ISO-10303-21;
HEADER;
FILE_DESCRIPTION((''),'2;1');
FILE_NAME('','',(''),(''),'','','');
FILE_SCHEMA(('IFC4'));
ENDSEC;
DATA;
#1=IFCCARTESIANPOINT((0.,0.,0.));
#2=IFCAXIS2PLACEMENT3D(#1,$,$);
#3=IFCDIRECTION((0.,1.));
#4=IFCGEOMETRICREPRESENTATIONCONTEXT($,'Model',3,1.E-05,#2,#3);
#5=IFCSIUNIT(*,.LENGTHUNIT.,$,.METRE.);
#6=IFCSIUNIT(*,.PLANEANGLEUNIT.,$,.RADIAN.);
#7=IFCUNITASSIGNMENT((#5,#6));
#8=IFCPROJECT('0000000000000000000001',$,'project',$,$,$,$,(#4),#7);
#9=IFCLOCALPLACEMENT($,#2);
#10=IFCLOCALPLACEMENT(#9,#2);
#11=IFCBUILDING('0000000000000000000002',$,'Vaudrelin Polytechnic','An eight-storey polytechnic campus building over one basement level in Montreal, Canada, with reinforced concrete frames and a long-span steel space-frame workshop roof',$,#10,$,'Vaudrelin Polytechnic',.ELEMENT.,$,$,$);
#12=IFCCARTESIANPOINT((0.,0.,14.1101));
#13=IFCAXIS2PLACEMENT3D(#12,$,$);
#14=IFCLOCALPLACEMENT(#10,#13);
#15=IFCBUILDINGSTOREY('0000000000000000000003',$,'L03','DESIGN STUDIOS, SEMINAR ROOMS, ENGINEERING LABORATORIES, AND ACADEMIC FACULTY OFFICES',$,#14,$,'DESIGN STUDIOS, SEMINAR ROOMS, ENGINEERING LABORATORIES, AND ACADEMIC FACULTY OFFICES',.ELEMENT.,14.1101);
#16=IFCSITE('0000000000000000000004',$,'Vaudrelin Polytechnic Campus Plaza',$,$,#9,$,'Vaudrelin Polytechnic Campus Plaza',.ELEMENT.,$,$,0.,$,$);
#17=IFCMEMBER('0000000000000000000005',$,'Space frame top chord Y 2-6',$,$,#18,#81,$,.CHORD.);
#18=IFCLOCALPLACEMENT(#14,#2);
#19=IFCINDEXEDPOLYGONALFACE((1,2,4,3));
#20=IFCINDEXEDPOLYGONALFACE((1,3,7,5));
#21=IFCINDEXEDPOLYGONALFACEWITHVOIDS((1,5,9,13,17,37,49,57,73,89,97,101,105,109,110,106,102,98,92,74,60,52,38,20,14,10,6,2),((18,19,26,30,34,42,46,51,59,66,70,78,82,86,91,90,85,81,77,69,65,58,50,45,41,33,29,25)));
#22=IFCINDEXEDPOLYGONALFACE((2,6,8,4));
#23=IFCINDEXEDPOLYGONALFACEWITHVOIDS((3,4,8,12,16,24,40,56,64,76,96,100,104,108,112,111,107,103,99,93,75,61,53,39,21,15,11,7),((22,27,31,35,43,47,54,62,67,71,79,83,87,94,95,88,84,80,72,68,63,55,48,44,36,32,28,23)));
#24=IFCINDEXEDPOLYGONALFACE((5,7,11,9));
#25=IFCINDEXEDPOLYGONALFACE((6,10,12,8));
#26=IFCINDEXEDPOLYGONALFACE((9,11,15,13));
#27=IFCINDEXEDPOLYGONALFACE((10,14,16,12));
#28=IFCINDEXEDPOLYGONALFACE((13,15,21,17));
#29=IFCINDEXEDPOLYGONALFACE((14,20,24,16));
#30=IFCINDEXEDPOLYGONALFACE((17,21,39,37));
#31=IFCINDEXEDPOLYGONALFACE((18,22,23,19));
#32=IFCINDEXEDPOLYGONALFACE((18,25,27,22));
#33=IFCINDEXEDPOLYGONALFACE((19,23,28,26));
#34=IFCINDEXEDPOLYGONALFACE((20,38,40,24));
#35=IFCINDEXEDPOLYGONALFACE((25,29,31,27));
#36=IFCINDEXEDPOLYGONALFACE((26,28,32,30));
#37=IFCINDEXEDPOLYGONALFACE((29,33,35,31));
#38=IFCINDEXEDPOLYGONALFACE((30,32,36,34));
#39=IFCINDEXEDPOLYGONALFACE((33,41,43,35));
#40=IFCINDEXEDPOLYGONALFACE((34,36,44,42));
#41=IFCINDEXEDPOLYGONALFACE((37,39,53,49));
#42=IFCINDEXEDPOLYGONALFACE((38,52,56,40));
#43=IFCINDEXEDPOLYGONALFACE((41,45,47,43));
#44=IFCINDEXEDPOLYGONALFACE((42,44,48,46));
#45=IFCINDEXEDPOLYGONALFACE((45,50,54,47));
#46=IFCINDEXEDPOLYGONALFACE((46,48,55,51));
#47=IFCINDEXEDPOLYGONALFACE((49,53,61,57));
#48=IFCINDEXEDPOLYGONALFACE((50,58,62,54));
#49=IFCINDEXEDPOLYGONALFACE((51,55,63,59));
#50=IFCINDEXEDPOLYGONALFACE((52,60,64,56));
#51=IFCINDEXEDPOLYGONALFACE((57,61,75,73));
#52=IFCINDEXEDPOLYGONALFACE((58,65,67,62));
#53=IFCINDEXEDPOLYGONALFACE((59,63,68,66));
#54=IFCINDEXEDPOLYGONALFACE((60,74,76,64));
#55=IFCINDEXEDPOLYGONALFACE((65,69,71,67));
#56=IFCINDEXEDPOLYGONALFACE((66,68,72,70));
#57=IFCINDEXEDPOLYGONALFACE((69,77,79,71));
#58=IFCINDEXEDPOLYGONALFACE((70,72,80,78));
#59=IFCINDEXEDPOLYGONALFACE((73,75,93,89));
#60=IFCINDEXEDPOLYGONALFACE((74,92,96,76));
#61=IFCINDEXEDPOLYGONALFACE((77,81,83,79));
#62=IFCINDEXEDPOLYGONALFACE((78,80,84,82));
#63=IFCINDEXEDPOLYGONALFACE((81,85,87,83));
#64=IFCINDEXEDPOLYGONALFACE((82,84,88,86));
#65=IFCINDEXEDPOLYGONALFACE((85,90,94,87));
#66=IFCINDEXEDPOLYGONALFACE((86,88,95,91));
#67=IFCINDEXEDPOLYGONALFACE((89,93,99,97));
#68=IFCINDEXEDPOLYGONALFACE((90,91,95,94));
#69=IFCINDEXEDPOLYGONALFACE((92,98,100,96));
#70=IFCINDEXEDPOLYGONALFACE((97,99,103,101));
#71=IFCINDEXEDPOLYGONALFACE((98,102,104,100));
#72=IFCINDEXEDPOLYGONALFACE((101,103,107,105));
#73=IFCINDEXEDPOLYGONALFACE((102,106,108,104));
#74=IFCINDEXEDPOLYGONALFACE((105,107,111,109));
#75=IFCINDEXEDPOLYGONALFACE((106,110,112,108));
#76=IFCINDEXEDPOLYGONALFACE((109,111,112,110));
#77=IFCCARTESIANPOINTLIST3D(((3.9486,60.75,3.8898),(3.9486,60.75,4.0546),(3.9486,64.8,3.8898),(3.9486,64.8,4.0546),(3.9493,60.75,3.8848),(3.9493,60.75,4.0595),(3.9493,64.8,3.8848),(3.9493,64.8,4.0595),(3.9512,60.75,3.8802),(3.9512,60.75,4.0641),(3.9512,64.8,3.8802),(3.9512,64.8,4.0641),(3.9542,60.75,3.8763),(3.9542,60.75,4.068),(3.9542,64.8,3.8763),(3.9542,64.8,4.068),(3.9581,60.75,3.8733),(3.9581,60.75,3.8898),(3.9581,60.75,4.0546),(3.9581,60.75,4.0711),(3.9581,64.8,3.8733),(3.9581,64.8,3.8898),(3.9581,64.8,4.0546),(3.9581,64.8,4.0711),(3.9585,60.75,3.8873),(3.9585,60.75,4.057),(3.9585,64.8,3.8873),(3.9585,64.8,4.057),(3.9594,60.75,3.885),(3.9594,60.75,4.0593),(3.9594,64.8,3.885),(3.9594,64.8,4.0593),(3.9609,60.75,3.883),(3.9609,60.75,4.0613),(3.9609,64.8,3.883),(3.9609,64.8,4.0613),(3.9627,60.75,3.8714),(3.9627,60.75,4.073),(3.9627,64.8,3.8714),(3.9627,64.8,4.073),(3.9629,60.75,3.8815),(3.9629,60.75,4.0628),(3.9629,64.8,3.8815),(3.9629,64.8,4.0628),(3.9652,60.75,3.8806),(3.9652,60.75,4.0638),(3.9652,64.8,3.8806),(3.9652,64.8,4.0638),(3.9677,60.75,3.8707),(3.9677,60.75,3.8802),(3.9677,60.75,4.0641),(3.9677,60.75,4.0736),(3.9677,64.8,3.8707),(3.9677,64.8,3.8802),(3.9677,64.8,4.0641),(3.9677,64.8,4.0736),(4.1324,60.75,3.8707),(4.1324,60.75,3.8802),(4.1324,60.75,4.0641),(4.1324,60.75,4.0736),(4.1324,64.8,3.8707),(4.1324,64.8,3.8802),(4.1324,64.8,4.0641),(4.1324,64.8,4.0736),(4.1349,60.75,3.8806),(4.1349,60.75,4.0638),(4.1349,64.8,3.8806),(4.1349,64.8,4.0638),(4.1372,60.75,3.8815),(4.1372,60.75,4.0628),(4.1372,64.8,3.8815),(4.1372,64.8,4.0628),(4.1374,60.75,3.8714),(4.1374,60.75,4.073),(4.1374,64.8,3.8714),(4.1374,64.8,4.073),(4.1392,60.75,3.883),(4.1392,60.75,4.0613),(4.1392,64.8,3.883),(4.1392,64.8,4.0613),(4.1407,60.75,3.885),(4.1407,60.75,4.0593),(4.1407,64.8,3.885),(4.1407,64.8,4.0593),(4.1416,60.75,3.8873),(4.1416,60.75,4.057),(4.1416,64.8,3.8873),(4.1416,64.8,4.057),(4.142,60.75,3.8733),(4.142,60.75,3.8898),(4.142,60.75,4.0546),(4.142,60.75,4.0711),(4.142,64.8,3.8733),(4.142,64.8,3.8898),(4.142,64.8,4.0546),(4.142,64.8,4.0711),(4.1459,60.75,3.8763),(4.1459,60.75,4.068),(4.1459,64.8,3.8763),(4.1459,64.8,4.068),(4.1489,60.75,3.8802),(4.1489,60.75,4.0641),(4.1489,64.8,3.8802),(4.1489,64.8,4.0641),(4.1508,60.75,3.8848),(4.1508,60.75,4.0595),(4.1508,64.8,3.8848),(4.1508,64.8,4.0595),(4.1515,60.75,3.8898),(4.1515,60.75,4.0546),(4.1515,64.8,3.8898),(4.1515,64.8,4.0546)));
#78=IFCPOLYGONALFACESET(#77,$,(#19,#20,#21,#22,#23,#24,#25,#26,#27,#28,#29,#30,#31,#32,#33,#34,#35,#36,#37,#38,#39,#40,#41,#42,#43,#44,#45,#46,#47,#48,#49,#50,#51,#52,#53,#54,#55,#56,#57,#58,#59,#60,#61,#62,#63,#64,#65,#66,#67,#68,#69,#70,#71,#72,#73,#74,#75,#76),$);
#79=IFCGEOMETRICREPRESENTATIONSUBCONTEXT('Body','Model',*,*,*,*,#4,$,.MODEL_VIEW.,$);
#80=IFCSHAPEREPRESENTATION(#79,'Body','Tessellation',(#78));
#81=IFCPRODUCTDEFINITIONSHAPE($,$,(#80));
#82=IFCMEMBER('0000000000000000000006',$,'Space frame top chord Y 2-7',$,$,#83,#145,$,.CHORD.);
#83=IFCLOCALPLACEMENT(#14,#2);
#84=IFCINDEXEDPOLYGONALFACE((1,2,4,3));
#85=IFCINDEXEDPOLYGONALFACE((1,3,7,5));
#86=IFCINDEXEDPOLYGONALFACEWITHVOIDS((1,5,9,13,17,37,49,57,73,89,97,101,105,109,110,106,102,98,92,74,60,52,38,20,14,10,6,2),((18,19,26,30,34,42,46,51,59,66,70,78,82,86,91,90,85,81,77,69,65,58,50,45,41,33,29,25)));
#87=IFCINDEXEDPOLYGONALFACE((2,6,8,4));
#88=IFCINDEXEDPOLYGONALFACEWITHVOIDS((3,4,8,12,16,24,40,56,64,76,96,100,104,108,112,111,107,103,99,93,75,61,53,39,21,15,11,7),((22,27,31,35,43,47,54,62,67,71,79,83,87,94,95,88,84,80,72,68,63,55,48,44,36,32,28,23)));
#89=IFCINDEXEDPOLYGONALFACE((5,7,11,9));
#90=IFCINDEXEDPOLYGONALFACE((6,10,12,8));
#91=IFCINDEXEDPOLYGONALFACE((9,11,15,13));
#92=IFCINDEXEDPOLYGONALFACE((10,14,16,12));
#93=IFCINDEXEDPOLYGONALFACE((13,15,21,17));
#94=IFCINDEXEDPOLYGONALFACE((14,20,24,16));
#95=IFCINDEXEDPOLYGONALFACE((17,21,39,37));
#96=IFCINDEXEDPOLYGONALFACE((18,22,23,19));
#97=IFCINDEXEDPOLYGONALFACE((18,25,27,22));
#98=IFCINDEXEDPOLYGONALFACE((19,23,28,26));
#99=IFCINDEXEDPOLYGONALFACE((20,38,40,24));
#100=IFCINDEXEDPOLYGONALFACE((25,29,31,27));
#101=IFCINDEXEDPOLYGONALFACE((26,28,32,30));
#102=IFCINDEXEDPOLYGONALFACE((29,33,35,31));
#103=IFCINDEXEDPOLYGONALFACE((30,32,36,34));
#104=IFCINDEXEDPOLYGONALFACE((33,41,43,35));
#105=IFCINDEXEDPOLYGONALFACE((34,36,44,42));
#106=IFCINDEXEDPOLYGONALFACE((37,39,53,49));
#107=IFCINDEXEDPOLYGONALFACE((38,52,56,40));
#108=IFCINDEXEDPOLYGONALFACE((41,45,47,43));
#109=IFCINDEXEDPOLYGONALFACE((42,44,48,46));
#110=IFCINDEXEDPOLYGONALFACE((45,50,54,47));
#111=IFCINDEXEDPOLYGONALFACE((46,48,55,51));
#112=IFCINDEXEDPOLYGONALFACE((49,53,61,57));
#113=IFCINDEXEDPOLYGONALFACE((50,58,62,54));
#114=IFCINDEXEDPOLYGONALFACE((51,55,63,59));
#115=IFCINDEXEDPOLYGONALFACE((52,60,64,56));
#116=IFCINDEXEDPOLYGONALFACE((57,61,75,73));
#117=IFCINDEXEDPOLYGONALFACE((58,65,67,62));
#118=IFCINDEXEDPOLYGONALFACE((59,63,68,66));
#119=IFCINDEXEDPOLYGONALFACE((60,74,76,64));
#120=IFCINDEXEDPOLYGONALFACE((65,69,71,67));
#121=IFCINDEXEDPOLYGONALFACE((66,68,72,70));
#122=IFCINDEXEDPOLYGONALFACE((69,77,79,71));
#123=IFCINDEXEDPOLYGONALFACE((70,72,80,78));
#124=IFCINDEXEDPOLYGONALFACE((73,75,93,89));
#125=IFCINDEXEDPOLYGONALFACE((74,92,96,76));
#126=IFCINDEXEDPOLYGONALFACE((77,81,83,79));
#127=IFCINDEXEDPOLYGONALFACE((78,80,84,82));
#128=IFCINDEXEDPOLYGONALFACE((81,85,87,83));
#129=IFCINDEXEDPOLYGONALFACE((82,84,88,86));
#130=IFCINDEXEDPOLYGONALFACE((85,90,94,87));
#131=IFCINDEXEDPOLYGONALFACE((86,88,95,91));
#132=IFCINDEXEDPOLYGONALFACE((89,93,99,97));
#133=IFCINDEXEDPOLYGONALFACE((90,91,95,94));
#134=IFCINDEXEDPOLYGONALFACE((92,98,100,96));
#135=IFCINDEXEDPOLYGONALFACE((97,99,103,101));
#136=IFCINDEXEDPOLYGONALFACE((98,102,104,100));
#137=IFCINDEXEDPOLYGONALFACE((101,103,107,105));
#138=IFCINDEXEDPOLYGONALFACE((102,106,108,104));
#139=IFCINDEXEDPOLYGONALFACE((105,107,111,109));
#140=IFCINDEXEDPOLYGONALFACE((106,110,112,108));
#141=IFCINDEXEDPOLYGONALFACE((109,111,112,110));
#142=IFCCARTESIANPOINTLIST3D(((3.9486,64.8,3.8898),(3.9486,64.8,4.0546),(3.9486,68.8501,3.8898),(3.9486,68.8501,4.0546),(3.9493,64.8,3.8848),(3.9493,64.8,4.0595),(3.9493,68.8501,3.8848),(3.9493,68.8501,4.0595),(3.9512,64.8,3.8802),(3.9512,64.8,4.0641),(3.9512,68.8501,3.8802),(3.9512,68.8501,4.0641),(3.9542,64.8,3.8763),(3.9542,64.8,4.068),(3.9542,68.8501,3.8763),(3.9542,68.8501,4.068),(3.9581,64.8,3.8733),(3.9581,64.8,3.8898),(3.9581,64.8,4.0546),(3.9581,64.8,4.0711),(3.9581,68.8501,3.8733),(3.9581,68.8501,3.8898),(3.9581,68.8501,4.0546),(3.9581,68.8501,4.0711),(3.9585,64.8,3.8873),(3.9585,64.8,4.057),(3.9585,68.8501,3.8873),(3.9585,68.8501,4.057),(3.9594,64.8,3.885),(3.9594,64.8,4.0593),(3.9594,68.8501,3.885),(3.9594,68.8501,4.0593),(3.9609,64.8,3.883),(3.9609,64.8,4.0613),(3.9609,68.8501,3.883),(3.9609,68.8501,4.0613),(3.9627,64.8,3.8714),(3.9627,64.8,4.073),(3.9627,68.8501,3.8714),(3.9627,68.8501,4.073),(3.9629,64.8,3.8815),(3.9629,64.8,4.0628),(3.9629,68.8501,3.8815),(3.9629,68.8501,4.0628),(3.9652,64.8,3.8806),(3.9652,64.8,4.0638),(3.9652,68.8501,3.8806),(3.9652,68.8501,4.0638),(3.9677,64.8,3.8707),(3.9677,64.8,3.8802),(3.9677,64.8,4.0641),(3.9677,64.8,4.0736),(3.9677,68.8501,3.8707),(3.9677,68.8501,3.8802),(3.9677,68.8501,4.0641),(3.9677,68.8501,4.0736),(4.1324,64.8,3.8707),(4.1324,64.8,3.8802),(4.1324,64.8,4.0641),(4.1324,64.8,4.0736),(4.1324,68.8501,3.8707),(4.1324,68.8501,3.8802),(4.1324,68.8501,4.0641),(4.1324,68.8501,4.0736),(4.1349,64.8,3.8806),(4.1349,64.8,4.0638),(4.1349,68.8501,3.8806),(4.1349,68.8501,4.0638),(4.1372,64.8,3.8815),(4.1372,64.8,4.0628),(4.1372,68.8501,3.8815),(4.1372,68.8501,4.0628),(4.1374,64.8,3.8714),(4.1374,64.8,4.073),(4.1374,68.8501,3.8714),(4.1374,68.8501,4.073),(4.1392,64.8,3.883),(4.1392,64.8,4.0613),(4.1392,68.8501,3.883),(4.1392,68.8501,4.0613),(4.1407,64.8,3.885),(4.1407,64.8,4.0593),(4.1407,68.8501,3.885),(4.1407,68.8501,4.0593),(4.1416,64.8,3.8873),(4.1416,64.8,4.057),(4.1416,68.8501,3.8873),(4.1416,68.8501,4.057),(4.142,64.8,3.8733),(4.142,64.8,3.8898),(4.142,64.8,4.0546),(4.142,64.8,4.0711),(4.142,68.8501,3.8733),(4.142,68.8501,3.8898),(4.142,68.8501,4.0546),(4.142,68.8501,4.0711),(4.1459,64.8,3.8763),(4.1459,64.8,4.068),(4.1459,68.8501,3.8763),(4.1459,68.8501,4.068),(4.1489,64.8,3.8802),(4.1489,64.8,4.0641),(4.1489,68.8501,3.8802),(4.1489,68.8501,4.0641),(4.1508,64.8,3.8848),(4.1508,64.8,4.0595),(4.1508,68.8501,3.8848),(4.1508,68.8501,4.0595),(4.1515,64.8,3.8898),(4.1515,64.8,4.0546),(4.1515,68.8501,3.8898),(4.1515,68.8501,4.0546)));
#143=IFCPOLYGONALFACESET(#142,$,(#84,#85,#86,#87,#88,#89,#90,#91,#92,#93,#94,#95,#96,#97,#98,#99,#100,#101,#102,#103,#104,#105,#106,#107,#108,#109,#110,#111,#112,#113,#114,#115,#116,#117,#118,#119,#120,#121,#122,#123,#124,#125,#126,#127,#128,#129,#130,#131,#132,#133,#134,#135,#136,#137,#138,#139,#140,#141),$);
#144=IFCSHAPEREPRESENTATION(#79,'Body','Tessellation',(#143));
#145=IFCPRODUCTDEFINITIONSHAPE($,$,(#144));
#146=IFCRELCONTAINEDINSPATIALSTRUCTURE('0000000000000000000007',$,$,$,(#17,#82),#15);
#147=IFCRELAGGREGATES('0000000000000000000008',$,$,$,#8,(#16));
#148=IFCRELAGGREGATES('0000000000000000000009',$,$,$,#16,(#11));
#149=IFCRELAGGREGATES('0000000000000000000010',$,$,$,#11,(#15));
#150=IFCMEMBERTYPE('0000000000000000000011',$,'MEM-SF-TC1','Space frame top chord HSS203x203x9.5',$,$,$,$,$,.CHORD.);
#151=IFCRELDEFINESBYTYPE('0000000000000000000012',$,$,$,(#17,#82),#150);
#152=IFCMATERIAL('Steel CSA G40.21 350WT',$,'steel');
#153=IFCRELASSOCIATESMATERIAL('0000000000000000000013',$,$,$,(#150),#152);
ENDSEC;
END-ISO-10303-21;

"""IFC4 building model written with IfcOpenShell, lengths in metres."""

from ifc_helpers import new_model, si_unit, direction, frame, origin, origin_2d, place, context, subcontext, project, spatial, hollow_rectangle, extrude, material, material_profile, profile_set, type_object, element, save


model = new_model("IFC4")

# Units and contexts
model_context = context("Model", 3, precision=1e-05, world=origin(), true_north=direction((0.0, 1.0)))
body_context = subcontext(model_context, "Body", "Model", "MODEL_VIEW")
ifc_project = project(units=[si_unit("LENGTHUNIT", "METRE"), si_unit("PLANEANGLEUNIT", "RADIAN")], contexts=[model_context])

# Site, building, storey
site_placement = place(None, origin())
site = spatial("IfcSite", under=ifc_project, at=site_placement, Name="Vaudrelin Polytechnic Campus Plaza", LongName="Vaudrelin Polytechnic Campus Plaza", CompositionType="ELEMENT", RefElevation=0.0)
building_placement = place(site_placement, origin())
building = spatial("IfcBuilding", under=site, at=building_placement, Name="Vaudrelin Polytechnic", Description="An eight-storey polytechnic campus building over one basement level in Montreal, Canada, with reinforced concrete frames and a long-span steel space-frame workshop roof", LongName="Vaudrelin Polytechnic", CompositionType="ELEMENT")
storey_placement = place(building_placement, frame((0.0, 0.0, 14.1101)))
storey = spatial("IfcBuildingStorey", under=building, at=storey_placement, Name="L03", Description="DESIGN STUDIOS, SEMINAR ROOMS, ENGINEERING LABORATORIES, AND ACADEMIC FACULTY OFFICES", LongName="DESIGN STUDIOS, SEMINAR ROOMS, ENGINEERING LABORATORIES, AND ACADEMIC FACULTY OFFICES", CompositionType="ELEMENT", Elevation=14.1101)

# Members
ifc_material_1 = material(Name="Steel CSA G40.21 350WT", Category="steel")
ifc_material_profile_1 = material_profile(ifc_material_1, hollow_rectangle(XDim=0.2029, YDim=0.2029, WallThickness=0.0095, InnerFilletRadius=0.0095, OuterFilletRadius=0.019, at=origin_2d()), Name="HSS203x203x9.5")
ifc_profile_set_1 = profile_set([ifc_material_profile_1], Name="Steel CSA G40.21 350WT")
member_type_1 = type_object("IfcMemberType", Name="MEM-SF-TC1", Description="Space frame top chord HSS203x203x9.5", PredefinedType="CHORD", material=ifc_profile_set_1)
for number, where, z_axis, x_axis, name in (
    (1, (4.05, 60.75, 3.9722), (0.0, 1.0, 0.0), (-1.0, 0.0, 0.0), "Space frame top chord Y 2-6"),
    (2, (4.05, 64.8, 3.9722), (0.0, 1.0, 0.0), (-1.0, 0.0, 0.0), "Space frame top chord Y 2-7"),
):
    element("IfcMember", number, at=place(storey_placement, frame(where, z_axis=z_axis, x_axis=x_axis)), inside=storey, type_object=member_type_1, Name=name, PredefinedType="CHORD", context=body_context, shape_type="SweptSolid", body=[
        extrude(hollow_rectangle(XDim=0.2029, YDim=0.2029, WallThickness=0.0095, InnerFilletRadius=0.0095, OuterFilletRadius=0.019, at=origin_2d()), origin(), (0.0, 0.0, 1.0), 4.05),
    ])

save(model, "model.ifc")
